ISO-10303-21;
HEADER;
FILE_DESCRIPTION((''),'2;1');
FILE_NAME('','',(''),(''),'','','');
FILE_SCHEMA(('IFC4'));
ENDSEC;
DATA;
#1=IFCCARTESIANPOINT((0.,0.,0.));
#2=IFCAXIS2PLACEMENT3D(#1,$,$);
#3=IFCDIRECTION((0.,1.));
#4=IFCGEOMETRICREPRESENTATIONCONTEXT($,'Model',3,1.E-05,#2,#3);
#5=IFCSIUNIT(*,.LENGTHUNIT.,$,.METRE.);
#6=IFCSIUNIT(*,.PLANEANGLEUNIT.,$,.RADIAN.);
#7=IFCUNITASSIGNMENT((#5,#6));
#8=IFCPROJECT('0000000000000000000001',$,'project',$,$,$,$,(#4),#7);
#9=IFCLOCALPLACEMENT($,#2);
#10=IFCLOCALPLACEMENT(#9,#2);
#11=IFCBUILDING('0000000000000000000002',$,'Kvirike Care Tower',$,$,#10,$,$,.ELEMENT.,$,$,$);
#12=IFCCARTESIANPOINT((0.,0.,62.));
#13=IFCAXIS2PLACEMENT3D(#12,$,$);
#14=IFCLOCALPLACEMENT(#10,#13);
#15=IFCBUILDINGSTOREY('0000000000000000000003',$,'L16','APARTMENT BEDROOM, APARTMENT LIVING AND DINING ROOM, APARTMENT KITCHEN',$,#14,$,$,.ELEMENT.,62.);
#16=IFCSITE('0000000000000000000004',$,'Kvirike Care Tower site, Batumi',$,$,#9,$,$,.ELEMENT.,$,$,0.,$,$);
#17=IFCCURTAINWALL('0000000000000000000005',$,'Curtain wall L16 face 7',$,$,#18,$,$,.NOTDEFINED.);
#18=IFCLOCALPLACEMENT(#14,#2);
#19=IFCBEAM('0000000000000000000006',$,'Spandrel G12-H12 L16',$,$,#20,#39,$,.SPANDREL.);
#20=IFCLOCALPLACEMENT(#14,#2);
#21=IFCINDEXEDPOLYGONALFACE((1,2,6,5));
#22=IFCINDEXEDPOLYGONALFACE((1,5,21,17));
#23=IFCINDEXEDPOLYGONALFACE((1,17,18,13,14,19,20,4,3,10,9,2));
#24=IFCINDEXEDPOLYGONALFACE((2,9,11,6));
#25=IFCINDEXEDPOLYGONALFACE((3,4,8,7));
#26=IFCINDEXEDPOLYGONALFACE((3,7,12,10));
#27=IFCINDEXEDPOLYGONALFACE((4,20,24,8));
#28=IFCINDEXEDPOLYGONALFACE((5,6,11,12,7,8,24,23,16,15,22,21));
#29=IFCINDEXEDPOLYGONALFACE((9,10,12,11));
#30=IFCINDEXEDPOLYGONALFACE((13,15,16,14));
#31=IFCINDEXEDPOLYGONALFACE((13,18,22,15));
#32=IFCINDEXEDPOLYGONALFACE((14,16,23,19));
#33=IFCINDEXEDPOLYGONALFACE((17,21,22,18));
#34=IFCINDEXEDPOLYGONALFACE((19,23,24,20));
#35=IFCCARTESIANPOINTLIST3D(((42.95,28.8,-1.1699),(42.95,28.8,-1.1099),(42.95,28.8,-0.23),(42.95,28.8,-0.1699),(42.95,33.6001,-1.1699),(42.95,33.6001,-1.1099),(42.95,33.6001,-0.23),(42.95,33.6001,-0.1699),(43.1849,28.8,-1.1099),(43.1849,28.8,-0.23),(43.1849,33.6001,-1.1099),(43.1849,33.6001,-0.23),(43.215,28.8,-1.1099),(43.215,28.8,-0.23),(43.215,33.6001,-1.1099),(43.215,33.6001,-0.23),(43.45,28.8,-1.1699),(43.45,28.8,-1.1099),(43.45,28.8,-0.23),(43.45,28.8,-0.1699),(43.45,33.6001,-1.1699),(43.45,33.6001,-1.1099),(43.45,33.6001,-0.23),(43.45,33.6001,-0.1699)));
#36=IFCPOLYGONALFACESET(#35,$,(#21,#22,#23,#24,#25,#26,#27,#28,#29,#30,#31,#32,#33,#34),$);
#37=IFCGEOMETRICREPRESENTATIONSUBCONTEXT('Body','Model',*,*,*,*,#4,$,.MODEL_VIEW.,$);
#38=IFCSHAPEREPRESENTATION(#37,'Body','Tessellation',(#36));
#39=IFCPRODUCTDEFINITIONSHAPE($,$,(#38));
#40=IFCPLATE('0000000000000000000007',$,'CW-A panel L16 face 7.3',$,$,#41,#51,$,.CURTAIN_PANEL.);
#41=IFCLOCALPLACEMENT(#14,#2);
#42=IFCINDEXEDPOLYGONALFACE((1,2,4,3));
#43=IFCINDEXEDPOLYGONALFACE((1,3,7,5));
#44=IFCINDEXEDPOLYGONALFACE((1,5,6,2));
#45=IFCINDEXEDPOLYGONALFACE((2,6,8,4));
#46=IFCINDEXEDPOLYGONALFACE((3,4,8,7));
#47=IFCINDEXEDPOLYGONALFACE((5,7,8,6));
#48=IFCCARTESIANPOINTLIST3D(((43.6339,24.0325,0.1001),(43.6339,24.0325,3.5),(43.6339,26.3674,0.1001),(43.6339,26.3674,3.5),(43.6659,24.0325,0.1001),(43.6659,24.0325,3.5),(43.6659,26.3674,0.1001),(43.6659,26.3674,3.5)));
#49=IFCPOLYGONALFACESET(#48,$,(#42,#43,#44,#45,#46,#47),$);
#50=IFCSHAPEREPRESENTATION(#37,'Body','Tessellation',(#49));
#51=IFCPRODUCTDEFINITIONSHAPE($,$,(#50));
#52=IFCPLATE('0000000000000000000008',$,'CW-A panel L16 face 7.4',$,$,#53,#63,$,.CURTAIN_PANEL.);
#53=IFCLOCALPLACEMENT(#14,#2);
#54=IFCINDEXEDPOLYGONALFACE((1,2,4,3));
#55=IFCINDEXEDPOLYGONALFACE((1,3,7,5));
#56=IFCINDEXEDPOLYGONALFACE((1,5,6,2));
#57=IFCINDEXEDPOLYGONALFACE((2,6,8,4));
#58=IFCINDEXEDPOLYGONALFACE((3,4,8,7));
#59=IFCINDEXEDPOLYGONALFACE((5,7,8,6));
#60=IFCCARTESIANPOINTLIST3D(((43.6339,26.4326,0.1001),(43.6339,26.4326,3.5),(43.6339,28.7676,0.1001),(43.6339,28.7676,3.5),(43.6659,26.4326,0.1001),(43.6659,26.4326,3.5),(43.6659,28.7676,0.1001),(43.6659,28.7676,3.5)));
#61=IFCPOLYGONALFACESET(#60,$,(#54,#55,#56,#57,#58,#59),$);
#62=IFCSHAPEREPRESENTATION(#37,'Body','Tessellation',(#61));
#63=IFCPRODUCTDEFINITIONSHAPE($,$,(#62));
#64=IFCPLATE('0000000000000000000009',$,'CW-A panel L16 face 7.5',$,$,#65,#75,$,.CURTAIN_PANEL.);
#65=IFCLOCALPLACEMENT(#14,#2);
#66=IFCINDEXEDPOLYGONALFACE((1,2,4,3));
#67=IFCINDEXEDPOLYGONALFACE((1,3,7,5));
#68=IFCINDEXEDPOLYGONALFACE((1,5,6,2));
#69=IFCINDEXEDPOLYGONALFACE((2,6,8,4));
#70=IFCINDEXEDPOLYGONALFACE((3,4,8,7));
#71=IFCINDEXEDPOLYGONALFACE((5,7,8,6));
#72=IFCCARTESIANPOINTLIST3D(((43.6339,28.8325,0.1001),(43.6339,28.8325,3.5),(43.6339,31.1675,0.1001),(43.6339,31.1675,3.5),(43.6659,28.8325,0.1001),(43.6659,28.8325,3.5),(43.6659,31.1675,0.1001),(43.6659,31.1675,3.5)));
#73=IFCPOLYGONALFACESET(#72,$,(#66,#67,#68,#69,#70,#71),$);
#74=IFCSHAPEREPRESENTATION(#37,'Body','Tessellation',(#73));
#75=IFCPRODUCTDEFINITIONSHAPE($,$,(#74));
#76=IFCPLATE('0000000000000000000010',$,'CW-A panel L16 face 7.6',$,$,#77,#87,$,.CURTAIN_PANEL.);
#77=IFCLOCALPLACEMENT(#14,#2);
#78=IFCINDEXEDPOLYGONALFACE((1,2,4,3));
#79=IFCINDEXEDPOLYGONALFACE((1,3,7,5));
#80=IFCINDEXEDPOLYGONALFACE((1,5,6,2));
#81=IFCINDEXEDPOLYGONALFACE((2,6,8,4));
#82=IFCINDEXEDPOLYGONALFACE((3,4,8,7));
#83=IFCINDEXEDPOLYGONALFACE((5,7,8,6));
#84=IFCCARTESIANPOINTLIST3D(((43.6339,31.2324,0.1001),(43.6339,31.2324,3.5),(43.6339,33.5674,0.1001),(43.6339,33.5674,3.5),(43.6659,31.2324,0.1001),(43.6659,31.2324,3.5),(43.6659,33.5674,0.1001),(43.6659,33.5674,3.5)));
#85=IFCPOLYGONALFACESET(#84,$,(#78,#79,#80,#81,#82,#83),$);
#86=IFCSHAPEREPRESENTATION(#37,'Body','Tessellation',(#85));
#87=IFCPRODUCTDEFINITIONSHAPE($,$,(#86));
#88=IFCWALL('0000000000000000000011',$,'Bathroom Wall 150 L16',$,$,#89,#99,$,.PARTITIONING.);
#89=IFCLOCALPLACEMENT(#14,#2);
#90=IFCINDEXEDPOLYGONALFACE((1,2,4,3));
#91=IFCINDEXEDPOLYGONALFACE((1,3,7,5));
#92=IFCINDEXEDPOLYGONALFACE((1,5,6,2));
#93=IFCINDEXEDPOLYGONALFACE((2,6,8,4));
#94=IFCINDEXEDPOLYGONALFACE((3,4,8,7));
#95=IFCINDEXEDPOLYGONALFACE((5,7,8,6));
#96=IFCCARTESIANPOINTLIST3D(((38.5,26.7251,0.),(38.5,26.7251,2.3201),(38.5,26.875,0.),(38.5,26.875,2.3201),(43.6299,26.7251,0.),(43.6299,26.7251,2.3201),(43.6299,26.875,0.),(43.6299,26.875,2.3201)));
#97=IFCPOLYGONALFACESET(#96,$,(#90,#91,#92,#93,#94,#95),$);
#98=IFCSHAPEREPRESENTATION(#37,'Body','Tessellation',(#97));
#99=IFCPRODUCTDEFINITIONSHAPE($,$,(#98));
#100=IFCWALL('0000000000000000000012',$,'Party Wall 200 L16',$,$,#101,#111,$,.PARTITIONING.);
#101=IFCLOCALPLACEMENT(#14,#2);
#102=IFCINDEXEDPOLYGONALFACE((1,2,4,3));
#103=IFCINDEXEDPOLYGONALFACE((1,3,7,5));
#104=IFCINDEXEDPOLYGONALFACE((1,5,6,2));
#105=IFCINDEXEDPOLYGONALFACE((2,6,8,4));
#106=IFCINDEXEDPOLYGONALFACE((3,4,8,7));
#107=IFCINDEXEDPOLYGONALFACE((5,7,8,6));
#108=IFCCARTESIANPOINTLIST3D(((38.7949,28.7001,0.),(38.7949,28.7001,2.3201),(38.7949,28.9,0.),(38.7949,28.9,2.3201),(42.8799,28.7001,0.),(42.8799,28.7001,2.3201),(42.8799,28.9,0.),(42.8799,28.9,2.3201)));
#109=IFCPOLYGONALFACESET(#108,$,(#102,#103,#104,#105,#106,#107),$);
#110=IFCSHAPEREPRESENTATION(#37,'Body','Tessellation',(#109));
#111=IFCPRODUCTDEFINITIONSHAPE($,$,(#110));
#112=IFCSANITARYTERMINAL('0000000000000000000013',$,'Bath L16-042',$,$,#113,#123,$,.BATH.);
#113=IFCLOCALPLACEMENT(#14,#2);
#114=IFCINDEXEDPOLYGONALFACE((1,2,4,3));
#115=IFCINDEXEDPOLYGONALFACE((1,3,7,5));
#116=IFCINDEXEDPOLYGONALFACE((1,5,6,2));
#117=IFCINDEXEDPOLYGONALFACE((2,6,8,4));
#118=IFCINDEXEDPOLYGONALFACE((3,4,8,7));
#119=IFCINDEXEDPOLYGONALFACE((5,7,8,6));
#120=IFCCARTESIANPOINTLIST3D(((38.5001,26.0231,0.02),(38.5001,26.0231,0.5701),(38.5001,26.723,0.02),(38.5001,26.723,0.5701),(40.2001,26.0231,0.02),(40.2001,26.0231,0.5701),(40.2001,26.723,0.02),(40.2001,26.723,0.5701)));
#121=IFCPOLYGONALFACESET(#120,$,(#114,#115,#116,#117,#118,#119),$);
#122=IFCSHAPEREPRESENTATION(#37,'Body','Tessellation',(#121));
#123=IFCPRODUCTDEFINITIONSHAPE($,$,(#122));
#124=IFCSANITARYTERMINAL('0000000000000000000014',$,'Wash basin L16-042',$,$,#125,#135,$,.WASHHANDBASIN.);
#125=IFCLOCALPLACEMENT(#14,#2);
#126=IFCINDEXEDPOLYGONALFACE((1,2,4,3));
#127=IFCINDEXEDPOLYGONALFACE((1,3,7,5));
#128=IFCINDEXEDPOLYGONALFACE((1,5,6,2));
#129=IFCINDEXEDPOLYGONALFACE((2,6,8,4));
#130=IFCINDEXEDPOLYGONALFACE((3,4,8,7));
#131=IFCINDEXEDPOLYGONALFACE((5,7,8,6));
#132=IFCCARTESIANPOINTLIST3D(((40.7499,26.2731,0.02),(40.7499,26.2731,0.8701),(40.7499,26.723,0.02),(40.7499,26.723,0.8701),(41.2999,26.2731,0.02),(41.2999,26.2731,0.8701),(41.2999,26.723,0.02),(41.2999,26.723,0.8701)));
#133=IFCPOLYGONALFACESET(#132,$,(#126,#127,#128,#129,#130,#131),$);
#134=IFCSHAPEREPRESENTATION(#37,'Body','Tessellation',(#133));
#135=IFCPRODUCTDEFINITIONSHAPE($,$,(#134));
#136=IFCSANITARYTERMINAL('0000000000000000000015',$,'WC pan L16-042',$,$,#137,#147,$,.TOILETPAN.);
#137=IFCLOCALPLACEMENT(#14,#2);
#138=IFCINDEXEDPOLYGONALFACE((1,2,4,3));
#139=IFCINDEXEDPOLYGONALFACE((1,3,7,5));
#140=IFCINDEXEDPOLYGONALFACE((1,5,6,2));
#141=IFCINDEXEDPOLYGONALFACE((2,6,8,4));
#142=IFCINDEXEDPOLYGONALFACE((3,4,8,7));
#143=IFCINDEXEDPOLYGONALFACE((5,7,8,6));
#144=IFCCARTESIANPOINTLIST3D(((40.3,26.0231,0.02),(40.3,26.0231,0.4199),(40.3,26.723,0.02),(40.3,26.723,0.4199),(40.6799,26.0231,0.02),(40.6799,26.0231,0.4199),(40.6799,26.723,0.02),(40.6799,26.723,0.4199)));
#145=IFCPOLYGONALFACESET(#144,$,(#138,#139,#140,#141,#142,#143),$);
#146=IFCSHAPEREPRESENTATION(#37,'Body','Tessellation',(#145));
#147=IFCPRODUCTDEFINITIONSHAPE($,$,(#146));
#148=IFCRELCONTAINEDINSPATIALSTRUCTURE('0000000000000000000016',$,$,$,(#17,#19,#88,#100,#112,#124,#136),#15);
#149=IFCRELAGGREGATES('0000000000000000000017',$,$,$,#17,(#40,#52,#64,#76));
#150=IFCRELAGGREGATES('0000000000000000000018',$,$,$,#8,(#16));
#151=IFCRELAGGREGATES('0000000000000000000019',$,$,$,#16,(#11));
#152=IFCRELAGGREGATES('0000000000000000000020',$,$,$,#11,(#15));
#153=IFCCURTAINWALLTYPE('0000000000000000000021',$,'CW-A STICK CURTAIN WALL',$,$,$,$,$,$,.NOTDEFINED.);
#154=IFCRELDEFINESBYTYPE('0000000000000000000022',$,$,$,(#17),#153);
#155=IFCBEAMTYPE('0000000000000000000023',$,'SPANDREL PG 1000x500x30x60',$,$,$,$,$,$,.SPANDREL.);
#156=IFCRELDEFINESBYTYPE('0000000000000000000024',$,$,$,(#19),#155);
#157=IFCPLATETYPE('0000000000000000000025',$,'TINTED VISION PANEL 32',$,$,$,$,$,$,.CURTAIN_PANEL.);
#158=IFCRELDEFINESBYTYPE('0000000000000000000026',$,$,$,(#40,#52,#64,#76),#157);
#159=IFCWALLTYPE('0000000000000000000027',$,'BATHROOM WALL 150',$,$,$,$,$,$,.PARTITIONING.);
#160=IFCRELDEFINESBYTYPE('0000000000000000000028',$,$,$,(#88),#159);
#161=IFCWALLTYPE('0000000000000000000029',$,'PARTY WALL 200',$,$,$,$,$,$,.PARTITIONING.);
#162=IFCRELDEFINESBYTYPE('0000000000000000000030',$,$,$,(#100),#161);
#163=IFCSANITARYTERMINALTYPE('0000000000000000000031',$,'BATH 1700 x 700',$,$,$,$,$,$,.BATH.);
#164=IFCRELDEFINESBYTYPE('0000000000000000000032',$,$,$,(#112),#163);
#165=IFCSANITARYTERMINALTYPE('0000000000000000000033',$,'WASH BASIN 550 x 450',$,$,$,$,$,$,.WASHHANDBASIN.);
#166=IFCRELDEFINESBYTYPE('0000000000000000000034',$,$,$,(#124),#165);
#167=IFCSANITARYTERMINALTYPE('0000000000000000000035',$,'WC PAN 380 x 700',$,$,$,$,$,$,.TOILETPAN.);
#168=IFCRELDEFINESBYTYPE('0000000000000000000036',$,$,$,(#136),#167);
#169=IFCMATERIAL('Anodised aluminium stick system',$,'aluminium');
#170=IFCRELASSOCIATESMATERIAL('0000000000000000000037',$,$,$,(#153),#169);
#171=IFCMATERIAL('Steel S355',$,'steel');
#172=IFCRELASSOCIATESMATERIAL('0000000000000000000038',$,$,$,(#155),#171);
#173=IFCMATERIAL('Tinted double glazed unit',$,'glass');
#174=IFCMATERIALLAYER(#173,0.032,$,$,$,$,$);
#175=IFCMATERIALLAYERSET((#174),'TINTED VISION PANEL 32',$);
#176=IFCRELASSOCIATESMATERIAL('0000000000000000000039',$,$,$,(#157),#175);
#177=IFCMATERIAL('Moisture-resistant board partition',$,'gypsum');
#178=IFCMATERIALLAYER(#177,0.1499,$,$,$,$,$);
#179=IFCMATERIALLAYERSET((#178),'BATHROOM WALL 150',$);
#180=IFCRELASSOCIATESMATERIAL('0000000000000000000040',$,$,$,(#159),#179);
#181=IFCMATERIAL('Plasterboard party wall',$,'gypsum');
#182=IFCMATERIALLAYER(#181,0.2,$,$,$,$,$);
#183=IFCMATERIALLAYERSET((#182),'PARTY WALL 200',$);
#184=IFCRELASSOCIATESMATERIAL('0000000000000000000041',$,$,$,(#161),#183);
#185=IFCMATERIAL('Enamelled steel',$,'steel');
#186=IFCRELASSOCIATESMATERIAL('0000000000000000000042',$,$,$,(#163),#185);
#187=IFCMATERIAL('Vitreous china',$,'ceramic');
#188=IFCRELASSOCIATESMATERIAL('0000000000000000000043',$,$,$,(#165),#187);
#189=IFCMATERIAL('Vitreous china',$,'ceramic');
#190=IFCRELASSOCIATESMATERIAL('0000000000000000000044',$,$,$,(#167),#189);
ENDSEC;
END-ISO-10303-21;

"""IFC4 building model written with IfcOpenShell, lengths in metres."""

from ifc_helpers import new_model, si_unit, direction, frame, frame_2d, origin, origin_2d, place, context, subcontext, project, spatial, rectangle, i_section, extrude, material, layer, layer_set, material_profile, profile_set, type_object, element, aggregate, save


model = new_model("IFC4")

# Units and contexts
model_context = context("Model", 3, precision=1e-05, world=origin(), true_north=direction((0.0, 1.0)))
body_context = subcontext(model_context, "Body", "Model", "MODEL_VIEW")
ifc_project = project(units=[si_unit("LENGTHUNIT", "METRE"), si_unit("PLANEANGLEUNIT", "RADIAN")], contexts=[model_context])

# Site, building, storey
site_placement = place(None, origin())
site = spatial("IfcSite", under=ifc_project, at=site_placement, Name="Kvirike Care Tower site, Batumi", CompositionType="ELEMENT", RefElevation=0.0)
building_placement = place(site_placement, origin())
building = spatial("IfcBuilding", under=site, at=building_placement, Name="Kvirike Care Tower", CompositionType="ELEMENT")
storey_placement = place(building_placement, frame((0.0, 0.0, 62.0)))
storey = spatial("IfcBuildingStorey", under=building, at=storey_placement, Name="L16", Description="APARTMENT BEDROOM, APARTMENT LIVING AND DINING ROOM, APARTMENT KITCHEN", CompositionType="ELEMENT", Elevation=62.0)

# Curtain wall
ifc_material_1 = material(Name="Anodised aluminium stick system", Category="aluminium")
curtain_wall_type = type_object("IfcCurtainWallType", Name="CW-A STICK CURTAIN WALL", PredefinedType="NOTDEFINED", material=ifc_material_1)
curtain_wall_placement = place(storey_placement, origin())
curtain_wall = element("IfcCurtainWall", 1, at=curtain_wall_placement, inside=storey, type_object=curtain_wall_type, Name="Curtain wall L16 face 7", PredefinedType="NOTDEFINED")

# Beam
ifc_material_2 = material(Name="Steel S355", Category="steel")
ifc_material_profile_1 = material_profile(ifc_material_2, i_section(OverallWidth=0.5, OverallDepth=1.0, WebThickness=0.03, FlangeThickness=0.0601, at=origin_2d()), Name="PG 1000x500x30x60")
ifc_profile_set_1 = profile_set([ifc_material_profile_1], Name="Steel S355")
beam_type_1 = type_object("IfcBeamType", Name="SPANDREL PG 1000x500x30x60", PredefinedType="SPANDREL", material=ifc_profile_set_1)
beam_1_placement = place(storey_placement, frame((43.2, 28.8, -0.6699), z_axis=(0.0, 1.0, 0.0), x_axis=(-1.0, 0.0, 0.0)))
element("IfcBeam", 2, at=beam_1_placement, inside=storey, type_object=beam_type_1, Name="Spandrel G12-H12 L16", PredefinedType="SPANDREL", context=body_context, shape_type="SweptSolid", body=[
    extrude(i_section(OverallWidth=0.5, OverallDepth=1.0, WebThickness=0.03, FlangeThickness=0.0601, at=origin_2d()), origin(), (0.0, 0.0, 1.0), 4.8),
])

# Plates
ifc_material_3 = material(Name="Tinted double glazed unit", Category="glass")
ifc_layer_1 = layer(ifc_material_3, 0.032)
ifc_layer_set_1 = layer_set([ifc_layer_1], Name="TINTED VISION PANEL 32")
plate_type = type_object("IfcPlateType", Name="TINTED VISION PANEL 32", PredefinedType="CURTAIN_PANEL", material=ifc_layer_set_1)
plate_1_placement = place(storey_placement, frame((43.6499, 25.2, 0.1001), z_axis=(0.0, 0.0, 1.0), x_axis=(0.0, 1.0, 0.0)))
plate_1 = element("IfcPlate", 3, at=plate_1_placement, type_object=plate_type, Name="CW-A panel L16 face 7.3", PredefinedType="CURTAIN_PANEL", context=body_context, shape_type="SweptSolid", body=[
    extrude(rectangle(XDim=2.335, YDim=0.032, at=origin_2d()), origin(), (0.0, 0.0, 1.0), 3.3999),
])
plate_2_placement = place(storey_placement, frame((43.6499, 27.6001, 0.1001), z_axis=(0.0, 0.0, 1.0), x_axis=(0.0, 1.0, 0.0)))
plate_2 = element("IfcPlate", 4, at=plate_2_placement, type_object=plate_type, Name="CW-A panel L16 face 7.4", PredefinedType="CURTAIN_PANEL", context=body_context, shape_type="SweptSolid", body=[
    extrude(rectangle(XDim=2.335, YDim=0.032, at=origin_2d()), origin(), (0.0, 0.0, 1.0), 3.3999),
])
plate_3_placement = place(storey_placement, frame((43.6499, 30.0, 0.1001), z_axis=(0.0, 0.0, 1.0), x_axis=(0.0, 1.0, 0.0)))
plate_3 = element("IfcPlate", 5, at=plate_3_placement, type_object=plate_type, Name="CW-A panel L16 face 7.5", PredefinedType="CURTAIN_PANEL", context=body_context, shape_type="SweptSolid", body=[
    extrude(rectangle(XDim=2.335, YDim=0.032, at=origin_2d()), origin(), (0.0, 0.0, 1.0), 3.3999),
])
plate_4_placement = place(storey_placement, frame((43.6499, 32.3999, 0.1001), z_axis=(0.0, 0.0, 1.0), x_axis=(0.0, 1.0, 0.0)))
plate_4 = element("IfcPlate", 6, at=plate_4_placement, type_object=plate_type, Name="CW-A panel L16 face 7.6", PredefinedType="CURTAIN_PANEL", context=body_context, shape_type="SweptSolid", body=[
    extrude(rectangle(XDim=2.335, YDim=0.032, at=origin_2d()), origin(), (0.0, 0.0, 1.0), 3.3999),
])
aggregate(curtain_wall, [plate_1, plate_2, plate_3, plate_4])

# Walls
ifc_material_4 = material(Name="Moisture-resistant board partition", Category="gypsum")
ifc_layer_2 = layer(ifc_material_4, 0.1499)
ifc_layer_set_2 = layer_set([ifc_layer_2], Name="BATHROOM WALL 150")
wall_type_1 = type_object("IfcWallType", Name="BATHROOM WALL 150", PredefinedType="PARTITIONING", material=ifc_layer_set_2)
wall_1_placement = place(storey_placement, frame((38.5, 26.8, 0.0), z_axis=(0.0, 0.0, 1.0), x_axis=(1.0, 0.0, 0.0)))
element("IfcWall", 7, at=wall_1_placement, inside=storey, type_object=wall_type_1, Name="Bathroom Wall 150 L16", PredefinedType="PARTITIONING", context=body_context, shape_type="SweptSolid", body=[
    extrude(rectangle(XDim=5.1299, YDim=0.1499, at=frame_2d((2.5649, 0.0))), origin(), (0.0, 0.0, 1.0), 2.3201),
])
ifc_material_5 = material(Name="Plasterboard party wall", Category="gypsum")
ifc_layer_3 = layer(ifc_material_5, 0.2)
ifc_layer_set_3 = layer_set([ifc_layer_3], Name="PARTY WALL 200")
wall_type_2 = type_object("IfcWallType", Name="PARTY WALL 200", PredefinedType="PARTITIONING", material=ifc_layer_set_3)
wall_2_placement = place(storey_placement, frame((42.8799, 28.8, 0.0), z_axis=(0.0, 0.0, 1.0), x_axis=(-1.0, 0.0, 0.0)))
element("IfcWall", 8, at=wall_2_placement, inside=storey, type_object=wall_type_2, Name="Party Wall 200 L16", PredefinedType="PARTITIONING", context=body_context, shape_type="SweptSolid", body=[
    extrude(rectangle(XDim=4.085, YDim=0.2, at=frame_2d((2.0425, 0.0))), origin(), (0.0, 0.0, 1.0), 2.3201),
])

# Sanitary terminals
ifc_material_6 = material(Name="Enamelled steel", Category="steel")
sanitary_terminal_type_1 = type_object("IfcSanitaryTerminalType", Name="BATH 1700 x 700", PredefinedType="BATH", material=ifc_material_6)
sanitary_terminal_1_placement = place(storey_placement, frame((39.3501, 26.373, 0.02), z_axis=(0.0, 0.0, 1.0), x_axis=(1.0, 0.0, 0.0)))
element("IfcSanitaryTerminal", 9, at=sanitary_terminal_1_placement, inside=storey, type_object=sanitary_terminal_type_1, Name="Bath L16-042", PredefinedType="BATH", context=body_context, shape_type="SweptSolid", body=[
    extrude(rectangle(XDim=1.7, YDim=0.7, at=origin_2d()), origin(), (0.0, 0.0, 1.0), 0.55),
])
ifc_material_7 = material(Name="Vitreous china", Category="ceramic")
sanitary_terminal_type_2 = type_object("IfcSanitaryTerminalType", Name="WASH BASIN 550 x 450", PredefinedType="WASHHANDBASIN", material=ifc_material_7)
sanitary_terminal_2_placement = place(storey_placement, frame((41.0249, 26.498, 0.02), z_axis=(0.0, 0.0, 1.0), x_axis=(1.0, 0.0, 0.0)))
element("IfcSanitaryTerminal", 10, at=sanitary_terminal_2_placement, inside=storey, type_object=sanitary_terminal_type_2, Name="Wash basin L16-042", PredefinedType="WASHHANDBASIN", context=body_context, shape_type="SweptSolid", body=[
    extrude(rectangle(XDim=0.55, YDim=0.45, at=origin_2d()), origin(), (0.0, 0.0, 1.0), 0.8501),
])
ifc_material_8 = material(Name="Vitreous china", Category="ceramic")
sanitary_terminal_type_3 = type_object("IfcSanitaryTerminalType", Name="WC PAN 380 x 700", PredefinedType="TOILETPAN", material=ifc_material_8)
sanitary_terminal_3_placement = place(storey_placement, frame((40.49, 26.373, 0.02), z_axis=(0.0, 0.0, 1.0), x_axis=(1.0, 0.0, 0.0)))
element("IfcSanitaryTerminal", 11, at=sanitary_terminal_3_placement, inside=storey, type_object=sanitary_terminal_type_3, Name="WC pan L16-042", PredefinedType="TOILETPAN", context=body_context, shape_type="SweptSolid", body=[
    extrude(rectangle(XDim=0.3799, YDim=0.7, at=origin_2d()), origin(), (0.0, 0.0, 1.0), 0.3999),
])

save(model, "model.ifc")
